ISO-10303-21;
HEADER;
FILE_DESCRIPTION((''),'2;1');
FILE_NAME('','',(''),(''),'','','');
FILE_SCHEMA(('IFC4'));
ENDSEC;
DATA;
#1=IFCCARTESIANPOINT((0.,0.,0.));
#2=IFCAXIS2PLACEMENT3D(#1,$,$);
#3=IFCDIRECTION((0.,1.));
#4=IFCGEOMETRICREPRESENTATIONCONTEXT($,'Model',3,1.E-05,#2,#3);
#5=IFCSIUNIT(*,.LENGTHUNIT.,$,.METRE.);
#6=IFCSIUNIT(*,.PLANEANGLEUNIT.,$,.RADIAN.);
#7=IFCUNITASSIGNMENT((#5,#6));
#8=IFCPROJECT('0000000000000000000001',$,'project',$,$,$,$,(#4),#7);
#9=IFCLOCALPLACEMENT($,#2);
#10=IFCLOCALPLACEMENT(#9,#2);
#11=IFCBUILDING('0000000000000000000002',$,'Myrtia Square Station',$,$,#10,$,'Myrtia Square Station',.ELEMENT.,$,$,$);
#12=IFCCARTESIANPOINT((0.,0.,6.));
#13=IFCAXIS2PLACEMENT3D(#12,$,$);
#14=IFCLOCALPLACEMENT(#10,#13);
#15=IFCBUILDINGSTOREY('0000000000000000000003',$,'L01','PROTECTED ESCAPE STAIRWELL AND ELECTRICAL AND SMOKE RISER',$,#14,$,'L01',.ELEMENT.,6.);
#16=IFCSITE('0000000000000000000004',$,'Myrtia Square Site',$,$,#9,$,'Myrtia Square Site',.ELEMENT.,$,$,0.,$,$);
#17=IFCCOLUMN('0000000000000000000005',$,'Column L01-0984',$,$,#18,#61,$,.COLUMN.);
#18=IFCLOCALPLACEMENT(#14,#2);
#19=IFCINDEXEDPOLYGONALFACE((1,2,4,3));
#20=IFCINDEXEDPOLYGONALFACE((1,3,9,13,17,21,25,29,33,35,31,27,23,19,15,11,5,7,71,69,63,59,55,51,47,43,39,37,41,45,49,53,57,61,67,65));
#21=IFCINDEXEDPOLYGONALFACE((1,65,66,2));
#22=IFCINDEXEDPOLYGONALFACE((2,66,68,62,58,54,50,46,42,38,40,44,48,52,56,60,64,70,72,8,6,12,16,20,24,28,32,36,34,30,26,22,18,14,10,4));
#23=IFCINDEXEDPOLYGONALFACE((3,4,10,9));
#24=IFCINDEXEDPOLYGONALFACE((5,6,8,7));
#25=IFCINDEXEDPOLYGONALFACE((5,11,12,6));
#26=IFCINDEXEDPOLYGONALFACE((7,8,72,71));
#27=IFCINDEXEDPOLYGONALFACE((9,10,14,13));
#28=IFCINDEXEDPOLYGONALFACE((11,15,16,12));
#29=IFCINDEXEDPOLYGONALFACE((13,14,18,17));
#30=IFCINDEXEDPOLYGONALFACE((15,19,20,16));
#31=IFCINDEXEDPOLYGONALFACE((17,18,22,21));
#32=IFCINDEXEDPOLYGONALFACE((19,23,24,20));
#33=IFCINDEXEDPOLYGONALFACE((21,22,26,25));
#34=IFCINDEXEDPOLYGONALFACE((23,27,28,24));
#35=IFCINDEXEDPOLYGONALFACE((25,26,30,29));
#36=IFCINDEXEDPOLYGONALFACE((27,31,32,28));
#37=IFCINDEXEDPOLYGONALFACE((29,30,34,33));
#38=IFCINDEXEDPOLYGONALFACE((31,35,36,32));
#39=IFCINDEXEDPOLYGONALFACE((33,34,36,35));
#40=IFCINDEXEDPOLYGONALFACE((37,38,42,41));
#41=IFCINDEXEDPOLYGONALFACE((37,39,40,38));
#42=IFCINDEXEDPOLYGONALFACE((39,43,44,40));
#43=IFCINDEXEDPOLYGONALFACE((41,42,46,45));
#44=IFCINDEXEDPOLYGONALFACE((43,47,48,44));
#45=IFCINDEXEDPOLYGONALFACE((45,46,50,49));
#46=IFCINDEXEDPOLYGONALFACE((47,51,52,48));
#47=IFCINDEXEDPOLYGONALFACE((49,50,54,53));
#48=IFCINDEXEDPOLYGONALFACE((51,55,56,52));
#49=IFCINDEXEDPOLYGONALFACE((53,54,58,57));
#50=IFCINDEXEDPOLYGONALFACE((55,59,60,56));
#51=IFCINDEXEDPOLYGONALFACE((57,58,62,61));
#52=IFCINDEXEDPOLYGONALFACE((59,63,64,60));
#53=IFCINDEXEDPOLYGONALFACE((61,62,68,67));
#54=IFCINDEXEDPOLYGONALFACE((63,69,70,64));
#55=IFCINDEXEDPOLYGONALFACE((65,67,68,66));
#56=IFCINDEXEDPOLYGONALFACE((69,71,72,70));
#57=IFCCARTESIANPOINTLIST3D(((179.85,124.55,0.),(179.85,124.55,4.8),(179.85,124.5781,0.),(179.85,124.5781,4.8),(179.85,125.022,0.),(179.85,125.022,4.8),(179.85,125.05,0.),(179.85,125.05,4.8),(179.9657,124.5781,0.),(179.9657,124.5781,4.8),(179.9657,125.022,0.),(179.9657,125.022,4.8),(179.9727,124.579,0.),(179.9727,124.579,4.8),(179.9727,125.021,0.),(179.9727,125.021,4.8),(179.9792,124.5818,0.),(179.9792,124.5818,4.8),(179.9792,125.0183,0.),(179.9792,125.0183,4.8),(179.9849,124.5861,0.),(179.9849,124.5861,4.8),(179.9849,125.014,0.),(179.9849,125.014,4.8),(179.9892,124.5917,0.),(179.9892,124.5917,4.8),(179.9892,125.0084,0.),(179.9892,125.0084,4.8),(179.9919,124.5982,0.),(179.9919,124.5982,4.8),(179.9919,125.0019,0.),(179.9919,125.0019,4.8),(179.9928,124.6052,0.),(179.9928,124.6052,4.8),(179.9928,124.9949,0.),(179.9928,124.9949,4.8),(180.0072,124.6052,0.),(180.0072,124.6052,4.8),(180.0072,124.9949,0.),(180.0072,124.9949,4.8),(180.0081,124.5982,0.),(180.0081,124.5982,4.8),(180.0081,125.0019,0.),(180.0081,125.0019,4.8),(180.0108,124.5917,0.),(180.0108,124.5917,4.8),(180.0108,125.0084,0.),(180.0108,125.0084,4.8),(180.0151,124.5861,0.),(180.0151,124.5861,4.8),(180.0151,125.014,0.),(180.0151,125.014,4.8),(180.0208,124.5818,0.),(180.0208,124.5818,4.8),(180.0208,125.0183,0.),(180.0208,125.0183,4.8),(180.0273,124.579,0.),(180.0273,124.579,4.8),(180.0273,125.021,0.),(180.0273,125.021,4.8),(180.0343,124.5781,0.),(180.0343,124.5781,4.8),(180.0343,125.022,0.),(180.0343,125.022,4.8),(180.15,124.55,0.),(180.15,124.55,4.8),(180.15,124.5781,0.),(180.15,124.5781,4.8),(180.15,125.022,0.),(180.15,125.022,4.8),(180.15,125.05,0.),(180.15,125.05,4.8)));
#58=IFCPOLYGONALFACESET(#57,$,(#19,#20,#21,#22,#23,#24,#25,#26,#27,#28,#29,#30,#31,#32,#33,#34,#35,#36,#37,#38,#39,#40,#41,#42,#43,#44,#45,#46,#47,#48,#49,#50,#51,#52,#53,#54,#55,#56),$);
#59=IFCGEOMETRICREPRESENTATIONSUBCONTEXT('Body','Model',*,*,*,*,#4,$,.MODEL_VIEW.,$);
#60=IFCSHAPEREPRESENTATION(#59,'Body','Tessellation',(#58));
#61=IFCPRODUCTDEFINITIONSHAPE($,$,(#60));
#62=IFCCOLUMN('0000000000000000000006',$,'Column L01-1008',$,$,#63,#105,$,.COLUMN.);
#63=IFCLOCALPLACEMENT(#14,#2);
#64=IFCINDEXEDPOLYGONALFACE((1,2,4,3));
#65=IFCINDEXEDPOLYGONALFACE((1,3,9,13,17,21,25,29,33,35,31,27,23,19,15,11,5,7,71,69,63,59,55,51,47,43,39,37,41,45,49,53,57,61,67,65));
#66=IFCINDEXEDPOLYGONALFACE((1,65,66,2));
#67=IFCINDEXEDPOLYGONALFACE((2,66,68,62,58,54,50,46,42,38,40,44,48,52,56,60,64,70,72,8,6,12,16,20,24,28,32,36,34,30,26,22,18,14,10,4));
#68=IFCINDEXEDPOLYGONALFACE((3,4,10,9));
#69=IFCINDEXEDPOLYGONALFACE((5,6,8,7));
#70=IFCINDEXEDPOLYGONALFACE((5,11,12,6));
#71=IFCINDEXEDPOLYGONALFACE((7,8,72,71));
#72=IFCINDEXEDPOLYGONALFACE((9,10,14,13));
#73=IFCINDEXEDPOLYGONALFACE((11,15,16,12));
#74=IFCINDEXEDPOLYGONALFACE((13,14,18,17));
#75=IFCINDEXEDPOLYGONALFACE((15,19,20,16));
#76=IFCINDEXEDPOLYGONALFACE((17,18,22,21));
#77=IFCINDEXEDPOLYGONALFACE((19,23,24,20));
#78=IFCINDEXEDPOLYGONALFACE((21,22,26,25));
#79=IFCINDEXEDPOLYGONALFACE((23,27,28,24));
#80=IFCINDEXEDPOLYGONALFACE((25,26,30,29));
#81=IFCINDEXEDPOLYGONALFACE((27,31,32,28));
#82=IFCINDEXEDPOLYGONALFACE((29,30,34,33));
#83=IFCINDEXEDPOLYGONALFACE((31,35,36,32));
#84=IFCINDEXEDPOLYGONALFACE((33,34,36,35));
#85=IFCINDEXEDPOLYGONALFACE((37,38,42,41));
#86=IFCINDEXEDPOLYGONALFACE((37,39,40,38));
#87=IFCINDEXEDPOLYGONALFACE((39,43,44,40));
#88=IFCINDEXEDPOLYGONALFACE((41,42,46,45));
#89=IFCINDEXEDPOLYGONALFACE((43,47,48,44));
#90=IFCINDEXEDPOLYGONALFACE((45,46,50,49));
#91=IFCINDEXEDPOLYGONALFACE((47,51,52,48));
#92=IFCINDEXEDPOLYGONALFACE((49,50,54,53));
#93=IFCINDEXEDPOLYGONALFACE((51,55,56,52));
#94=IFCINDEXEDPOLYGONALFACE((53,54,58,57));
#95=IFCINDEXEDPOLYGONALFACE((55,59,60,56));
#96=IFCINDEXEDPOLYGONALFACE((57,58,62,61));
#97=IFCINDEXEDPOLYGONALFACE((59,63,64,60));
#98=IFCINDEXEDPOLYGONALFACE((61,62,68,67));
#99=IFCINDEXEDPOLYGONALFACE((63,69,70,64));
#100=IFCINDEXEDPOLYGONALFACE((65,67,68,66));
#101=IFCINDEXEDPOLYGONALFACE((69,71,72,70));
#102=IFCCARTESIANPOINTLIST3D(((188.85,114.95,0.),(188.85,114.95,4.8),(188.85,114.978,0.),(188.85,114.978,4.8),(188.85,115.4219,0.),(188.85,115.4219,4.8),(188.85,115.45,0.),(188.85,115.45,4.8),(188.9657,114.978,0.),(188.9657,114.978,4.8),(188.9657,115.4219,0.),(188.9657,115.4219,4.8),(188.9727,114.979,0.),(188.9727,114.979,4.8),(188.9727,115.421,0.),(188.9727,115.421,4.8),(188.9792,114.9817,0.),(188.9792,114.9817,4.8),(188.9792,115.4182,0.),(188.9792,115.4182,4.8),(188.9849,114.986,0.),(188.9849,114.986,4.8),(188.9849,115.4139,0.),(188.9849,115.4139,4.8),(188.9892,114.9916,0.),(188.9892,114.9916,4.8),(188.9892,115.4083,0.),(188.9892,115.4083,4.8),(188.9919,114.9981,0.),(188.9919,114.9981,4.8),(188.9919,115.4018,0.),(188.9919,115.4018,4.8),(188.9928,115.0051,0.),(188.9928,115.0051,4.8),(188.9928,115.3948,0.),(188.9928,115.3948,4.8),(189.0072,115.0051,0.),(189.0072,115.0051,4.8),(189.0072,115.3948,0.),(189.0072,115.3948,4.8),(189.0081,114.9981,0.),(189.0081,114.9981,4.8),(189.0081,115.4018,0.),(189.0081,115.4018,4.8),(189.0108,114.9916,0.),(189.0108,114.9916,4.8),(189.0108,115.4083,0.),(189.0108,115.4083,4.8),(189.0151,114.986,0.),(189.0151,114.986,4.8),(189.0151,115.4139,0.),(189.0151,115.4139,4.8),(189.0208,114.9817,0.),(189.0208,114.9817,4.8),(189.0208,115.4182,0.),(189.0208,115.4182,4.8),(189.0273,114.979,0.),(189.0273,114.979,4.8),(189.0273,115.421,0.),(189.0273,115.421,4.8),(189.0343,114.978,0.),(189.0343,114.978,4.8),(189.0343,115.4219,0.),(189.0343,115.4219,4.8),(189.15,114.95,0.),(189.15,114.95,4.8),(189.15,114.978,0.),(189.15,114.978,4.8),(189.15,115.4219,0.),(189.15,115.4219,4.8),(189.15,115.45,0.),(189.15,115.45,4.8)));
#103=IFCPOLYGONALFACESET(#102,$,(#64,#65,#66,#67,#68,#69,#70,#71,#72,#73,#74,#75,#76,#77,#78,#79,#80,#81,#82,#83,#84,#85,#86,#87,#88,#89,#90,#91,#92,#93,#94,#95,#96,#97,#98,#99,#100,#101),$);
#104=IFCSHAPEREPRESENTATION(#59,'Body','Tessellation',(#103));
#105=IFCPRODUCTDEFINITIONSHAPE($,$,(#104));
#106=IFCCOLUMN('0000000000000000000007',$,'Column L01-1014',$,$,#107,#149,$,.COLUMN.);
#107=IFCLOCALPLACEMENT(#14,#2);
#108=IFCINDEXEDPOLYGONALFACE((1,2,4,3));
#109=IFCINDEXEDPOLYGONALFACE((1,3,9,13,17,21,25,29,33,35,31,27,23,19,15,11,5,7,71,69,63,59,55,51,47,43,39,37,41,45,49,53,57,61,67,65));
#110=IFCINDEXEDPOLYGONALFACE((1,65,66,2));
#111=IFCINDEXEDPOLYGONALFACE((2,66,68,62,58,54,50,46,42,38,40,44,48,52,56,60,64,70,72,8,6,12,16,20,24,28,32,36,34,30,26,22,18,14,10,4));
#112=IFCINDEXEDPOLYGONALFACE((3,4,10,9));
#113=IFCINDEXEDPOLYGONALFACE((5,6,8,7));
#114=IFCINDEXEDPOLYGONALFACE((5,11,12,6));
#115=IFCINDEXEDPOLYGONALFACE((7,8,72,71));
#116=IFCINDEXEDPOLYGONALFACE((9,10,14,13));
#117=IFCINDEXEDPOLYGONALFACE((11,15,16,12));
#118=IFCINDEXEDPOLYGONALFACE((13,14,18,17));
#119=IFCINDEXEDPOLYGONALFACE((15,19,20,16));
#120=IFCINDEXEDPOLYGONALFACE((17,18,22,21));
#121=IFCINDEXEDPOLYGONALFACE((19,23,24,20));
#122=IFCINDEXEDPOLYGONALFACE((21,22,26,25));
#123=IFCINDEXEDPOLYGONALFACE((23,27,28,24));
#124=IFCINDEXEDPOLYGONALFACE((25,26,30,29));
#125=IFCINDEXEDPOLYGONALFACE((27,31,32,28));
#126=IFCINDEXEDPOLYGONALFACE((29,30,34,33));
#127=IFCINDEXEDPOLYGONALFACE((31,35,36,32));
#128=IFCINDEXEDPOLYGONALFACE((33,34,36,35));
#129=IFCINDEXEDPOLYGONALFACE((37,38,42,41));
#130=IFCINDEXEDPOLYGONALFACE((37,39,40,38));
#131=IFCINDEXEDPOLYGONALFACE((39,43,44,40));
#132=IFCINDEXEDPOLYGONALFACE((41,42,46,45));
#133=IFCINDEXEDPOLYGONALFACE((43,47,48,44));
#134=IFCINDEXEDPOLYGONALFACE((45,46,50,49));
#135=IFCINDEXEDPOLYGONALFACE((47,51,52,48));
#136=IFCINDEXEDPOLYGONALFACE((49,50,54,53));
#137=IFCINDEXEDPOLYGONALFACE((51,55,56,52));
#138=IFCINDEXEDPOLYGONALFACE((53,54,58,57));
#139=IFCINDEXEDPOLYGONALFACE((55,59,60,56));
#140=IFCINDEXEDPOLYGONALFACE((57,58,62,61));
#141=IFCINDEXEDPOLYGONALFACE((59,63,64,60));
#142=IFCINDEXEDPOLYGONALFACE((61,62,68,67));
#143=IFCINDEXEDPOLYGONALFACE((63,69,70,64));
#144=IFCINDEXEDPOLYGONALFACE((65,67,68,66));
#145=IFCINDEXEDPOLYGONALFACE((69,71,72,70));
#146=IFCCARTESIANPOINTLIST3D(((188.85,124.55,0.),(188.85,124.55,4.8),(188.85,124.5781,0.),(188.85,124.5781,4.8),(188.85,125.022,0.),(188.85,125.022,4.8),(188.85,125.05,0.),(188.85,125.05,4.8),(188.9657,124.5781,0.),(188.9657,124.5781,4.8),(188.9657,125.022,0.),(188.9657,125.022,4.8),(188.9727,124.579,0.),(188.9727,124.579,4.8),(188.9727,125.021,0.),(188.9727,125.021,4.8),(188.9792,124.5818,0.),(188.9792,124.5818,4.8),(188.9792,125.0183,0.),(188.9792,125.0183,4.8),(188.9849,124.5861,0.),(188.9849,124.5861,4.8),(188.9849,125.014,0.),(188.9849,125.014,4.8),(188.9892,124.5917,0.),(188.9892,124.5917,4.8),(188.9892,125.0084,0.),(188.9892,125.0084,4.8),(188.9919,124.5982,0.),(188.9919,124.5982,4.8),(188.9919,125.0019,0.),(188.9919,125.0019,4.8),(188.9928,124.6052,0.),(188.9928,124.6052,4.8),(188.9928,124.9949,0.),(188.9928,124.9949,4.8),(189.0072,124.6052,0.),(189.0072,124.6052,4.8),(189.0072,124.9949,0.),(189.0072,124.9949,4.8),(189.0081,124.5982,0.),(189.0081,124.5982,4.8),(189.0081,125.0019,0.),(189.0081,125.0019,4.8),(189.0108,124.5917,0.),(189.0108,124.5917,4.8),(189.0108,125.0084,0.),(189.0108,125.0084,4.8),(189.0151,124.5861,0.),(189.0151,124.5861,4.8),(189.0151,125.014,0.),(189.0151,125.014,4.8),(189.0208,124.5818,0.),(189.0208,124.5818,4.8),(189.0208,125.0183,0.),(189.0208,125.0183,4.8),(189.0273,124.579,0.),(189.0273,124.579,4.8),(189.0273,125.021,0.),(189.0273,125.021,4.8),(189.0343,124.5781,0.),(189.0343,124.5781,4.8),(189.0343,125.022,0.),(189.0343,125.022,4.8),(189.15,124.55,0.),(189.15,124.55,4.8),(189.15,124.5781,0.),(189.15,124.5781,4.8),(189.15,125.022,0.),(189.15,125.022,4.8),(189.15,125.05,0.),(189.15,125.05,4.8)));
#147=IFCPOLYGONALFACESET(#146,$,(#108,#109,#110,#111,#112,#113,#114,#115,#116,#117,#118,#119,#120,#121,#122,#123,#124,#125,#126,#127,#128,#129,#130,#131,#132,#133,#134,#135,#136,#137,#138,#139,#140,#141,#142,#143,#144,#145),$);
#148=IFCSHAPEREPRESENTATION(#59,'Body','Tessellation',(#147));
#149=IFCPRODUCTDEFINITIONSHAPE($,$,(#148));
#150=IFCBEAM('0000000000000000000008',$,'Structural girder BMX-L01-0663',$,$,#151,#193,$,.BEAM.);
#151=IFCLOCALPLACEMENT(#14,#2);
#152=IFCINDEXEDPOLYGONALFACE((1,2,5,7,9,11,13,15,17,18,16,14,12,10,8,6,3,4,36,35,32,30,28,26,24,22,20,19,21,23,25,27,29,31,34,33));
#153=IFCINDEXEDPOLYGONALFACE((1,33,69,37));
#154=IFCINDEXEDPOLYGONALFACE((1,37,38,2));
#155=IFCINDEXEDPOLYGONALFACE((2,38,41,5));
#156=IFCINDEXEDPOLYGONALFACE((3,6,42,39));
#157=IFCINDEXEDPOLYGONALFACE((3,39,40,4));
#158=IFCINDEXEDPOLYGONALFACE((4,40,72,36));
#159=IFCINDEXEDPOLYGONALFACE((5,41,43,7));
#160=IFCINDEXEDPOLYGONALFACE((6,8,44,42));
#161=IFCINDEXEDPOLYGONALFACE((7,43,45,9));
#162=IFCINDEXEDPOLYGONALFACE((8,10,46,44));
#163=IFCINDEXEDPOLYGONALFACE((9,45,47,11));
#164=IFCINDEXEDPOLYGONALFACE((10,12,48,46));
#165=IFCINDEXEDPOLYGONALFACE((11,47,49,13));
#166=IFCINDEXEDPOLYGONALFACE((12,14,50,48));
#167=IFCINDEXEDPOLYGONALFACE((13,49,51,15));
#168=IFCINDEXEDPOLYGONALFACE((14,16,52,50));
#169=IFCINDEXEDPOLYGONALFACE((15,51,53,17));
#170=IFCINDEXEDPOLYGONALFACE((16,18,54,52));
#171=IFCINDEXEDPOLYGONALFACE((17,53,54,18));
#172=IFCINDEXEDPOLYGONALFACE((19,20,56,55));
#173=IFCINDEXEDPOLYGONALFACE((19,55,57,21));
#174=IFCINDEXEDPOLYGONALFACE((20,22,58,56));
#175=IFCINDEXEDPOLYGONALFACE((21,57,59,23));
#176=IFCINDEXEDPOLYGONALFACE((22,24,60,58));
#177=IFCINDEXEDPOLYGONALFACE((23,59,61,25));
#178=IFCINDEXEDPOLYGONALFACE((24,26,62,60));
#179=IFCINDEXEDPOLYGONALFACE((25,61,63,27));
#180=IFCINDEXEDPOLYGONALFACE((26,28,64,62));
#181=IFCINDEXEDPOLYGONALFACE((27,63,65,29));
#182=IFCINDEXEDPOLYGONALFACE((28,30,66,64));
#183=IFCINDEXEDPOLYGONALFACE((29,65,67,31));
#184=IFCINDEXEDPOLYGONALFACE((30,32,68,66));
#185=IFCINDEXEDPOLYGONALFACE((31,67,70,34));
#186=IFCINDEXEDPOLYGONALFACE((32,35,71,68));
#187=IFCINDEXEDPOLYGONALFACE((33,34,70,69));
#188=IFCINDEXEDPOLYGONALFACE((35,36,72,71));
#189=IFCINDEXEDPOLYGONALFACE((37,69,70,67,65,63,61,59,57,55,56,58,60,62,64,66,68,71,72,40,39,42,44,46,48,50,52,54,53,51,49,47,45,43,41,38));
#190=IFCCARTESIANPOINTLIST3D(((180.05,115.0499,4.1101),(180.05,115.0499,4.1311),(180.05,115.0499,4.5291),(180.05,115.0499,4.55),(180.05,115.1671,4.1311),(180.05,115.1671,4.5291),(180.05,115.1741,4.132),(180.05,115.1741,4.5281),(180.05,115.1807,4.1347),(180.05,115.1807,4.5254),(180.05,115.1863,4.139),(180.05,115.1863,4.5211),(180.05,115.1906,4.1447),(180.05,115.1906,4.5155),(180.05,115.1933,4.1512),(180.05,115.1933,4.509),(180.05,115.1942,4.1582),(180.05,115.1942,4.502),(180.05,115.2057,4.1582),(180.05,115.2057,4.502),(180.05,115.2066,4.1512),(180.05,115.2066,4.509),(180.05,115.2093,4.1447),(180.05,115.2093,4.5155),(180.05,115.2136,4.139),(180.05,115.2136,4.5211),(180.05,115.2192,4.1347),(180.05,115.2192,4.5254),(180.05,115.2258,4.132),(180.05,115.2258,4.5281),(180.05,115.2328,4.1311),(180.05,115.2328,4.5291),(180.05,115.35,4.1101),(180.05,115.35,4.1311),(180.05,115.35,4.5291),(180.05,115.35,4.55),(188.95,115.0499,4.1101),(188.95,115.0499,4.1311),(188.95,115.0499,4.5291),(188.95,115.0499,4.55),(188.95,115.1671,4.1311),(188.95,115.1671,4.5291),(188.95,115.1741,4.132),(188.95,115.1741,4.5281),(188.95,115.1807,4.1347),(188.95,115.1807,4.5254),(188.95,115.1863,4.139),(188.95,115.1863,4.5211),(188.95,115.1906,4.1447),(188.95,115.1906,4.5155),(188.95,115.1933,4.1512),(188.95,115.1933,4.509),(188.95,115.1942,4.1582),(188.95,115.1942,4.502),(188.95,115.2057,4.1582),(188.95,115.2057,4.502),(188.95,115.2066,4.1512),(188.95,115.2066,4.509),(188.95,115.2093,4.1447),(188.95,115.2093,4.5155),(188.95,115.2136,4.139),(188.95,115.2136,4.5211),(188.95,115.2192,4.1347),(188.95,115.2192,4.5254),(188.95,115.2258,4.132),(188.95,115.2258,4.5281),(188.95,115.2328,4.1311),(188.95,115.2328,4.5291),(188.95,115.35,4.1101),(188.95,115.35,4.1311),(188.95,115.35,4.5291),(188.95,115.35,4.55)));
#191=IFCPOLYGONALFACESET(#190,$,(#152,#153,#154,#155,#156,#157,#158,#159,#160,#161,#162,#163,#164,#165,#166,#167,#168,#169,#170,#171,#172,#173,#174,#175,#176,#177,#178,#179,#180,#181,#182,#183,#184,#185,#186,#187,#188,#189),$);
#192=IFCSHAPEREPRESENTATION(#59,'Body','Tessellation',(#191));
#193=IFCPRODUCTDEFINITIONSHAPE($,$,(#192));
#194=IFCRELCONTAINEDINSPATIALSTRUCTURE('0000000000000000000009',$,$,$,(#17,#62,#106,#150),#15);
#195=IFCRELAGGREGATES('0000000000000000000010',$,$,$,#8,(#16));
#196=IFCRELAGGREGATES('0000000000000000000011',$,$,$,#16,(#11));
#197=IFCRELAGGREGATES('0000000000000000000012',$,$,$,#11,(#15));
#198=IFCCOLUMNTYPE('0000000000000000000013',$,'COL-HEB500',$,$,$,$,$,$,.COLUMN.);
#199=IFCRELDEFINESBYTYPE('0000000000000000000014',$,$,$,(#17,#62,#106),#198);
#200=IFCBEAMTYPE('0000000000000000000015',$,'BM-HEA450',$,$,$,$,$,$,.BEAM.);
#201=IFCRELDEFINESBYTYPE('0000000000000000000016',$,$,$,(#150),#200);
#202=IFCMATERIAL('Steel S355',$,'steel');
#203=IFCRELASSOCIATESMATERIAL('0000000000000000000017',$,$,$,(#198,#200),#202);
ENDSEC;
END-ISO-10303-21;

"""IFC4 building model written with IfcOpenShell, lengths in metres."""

from ifc_helpers import new_model, si_unit, direction, frame, origin, origin_2d, place, context, subcontext, project, spatial, i_section, extrude, material, material_profile, profile_set, type_object, element, save


model = new_model("IFC4")

# Units and contexts
model_context = context("Model", 3, precision=1e-05, world=origin(), true_north=direction((0.0, 1.0)))
body_context = subcontext(model_context, "Body", "Model", "MODEL_VIEW")
ifc_project = project(units=[si_unit("LENGTHUNIT", "METRE"), si_unit("PLANEANGLEUNIT", "RADIAN")], contexts=[model_context])

# Site, building, storey
site_placement = place(None, origin())
site = spatial("IfcSite", under=ifc_project, at=site_placement, Name="Myrtia Square Site", LongName="Myrtia Square Site", CompositionType="ELEMENT", RefElevation=0.0)
building_placement = place(site_placement, origin())
building = spatial("IfcBuilding", under=site, at=building_placement, Name="Myrtia Square Station", LongName="Myrtia Square Station", CompositionType="ELEMENT")
storey_placement = place(building_placement, frame((0.0, 0.0, 6.0)))
storey = spatial("IfcBuildingStorey", under=building, at=storey_placement, Name="L01", Description="PROTECTED ESCAPE STAIRWELL AND ELECTRICAL AND SMOKE RISER", LongName="L01", CompositionType="ELEMENT", Elevation=6.0)

# Columns
ifc_material_1 = material(Name="Steel S355", Category="steel")
ifc_material_profile_1 = material_profile(ifc_material_1, i_section(OverallWidth=0.3, OverallDepth=0.5, WebThickness=0.0144, FlangeThickness=0.0281, FilletRadius=0.0271, at=origin_2d()), Name="HEB 500")
ifc_profile_set_1 = profile_set([ifc_material_profile_1], Name="Steel S355")
column_type = type_object("IfcColumnType", Name="COL-HEB500", PredefinedType="COLUMN", material=ifc_profile_set_1)
for number, where, z_axis, x_axis, name in (
    (1, (180.0, 124.8, 0.0), (0.0, 0.0, 1.0), (1.0, 0.0, 0.0), "Column L01-0984"),
    (2, (189.0, 115.2, 0.0), (0.0, 0.0, 1.0), (1.0, 0.0, 0.0), "Column L01-1008"),
    (3, (189.0, 124.8, 0.0), (0.0, 0.0, 1.0), (1.0, 0.0, 0.0), "Column L01-1014"),
):
    element("IfcColumn", number, at=place(storey_placement, frame(where, z_axis=z_axis, x_axis=x_axis)), inside=storey, type_object=column_type, Name=name, PredefinedType="COLUMN", context=body_context, shape_type="SweptSolid", body=[
        extrude(i_section(OverallWidth=0.3, OverallDepth=0.5, WebThickness=0.0144, FlangeThickness=0.0281, FilletRadius=0.0271, at=origin_2d()), origin(), (0.0, 0.0, 1.0), 4.8),
    ])

# Beam
ifc_material_profile_2 = material_profile(ifc_material_1, i_section(OverallWidth=0.3, OverallDepth=0.4399, WebThickness=0.0115, FlangeThickness=0.021, FilletRadius=0.0271, at=origin_2d()), Name="HEA 450")
ifc_profile_set_2 = profile_set([ifc_material_profile_2], Name="Steel S355")
beam_type_1 = type_object("IfcBeamType", Name="BM-HEA450", PredefinedType="BEAM", material=ifc_profile_set_2)
beam_1_placement = place(storey_placement, frame((180.05, 115.2, 4.3301), z_axis=(1.0, 0.0, 0.0), x_axis=(0.0, 1.0, 0.0)))
element("IfcBeam", 4, at=beam_1_placement, inside=storey, type_object=beam_type_1, Name="Structural girder BMX-L01-0663", PredefinedType="BEAM", context=body_context, shape_type="SweptSolid", body=[
    extrude(i_section(OverallWidth=0.3, OverallDepth=0.4399, WebThickness=0.0115, FlangeThickness=0.021, FilletRadius=0.0271, at=origin_2d()), origin(), (0.0, 0.0, 1.0), 8.8999),
])

save(model, "model.ifc")
